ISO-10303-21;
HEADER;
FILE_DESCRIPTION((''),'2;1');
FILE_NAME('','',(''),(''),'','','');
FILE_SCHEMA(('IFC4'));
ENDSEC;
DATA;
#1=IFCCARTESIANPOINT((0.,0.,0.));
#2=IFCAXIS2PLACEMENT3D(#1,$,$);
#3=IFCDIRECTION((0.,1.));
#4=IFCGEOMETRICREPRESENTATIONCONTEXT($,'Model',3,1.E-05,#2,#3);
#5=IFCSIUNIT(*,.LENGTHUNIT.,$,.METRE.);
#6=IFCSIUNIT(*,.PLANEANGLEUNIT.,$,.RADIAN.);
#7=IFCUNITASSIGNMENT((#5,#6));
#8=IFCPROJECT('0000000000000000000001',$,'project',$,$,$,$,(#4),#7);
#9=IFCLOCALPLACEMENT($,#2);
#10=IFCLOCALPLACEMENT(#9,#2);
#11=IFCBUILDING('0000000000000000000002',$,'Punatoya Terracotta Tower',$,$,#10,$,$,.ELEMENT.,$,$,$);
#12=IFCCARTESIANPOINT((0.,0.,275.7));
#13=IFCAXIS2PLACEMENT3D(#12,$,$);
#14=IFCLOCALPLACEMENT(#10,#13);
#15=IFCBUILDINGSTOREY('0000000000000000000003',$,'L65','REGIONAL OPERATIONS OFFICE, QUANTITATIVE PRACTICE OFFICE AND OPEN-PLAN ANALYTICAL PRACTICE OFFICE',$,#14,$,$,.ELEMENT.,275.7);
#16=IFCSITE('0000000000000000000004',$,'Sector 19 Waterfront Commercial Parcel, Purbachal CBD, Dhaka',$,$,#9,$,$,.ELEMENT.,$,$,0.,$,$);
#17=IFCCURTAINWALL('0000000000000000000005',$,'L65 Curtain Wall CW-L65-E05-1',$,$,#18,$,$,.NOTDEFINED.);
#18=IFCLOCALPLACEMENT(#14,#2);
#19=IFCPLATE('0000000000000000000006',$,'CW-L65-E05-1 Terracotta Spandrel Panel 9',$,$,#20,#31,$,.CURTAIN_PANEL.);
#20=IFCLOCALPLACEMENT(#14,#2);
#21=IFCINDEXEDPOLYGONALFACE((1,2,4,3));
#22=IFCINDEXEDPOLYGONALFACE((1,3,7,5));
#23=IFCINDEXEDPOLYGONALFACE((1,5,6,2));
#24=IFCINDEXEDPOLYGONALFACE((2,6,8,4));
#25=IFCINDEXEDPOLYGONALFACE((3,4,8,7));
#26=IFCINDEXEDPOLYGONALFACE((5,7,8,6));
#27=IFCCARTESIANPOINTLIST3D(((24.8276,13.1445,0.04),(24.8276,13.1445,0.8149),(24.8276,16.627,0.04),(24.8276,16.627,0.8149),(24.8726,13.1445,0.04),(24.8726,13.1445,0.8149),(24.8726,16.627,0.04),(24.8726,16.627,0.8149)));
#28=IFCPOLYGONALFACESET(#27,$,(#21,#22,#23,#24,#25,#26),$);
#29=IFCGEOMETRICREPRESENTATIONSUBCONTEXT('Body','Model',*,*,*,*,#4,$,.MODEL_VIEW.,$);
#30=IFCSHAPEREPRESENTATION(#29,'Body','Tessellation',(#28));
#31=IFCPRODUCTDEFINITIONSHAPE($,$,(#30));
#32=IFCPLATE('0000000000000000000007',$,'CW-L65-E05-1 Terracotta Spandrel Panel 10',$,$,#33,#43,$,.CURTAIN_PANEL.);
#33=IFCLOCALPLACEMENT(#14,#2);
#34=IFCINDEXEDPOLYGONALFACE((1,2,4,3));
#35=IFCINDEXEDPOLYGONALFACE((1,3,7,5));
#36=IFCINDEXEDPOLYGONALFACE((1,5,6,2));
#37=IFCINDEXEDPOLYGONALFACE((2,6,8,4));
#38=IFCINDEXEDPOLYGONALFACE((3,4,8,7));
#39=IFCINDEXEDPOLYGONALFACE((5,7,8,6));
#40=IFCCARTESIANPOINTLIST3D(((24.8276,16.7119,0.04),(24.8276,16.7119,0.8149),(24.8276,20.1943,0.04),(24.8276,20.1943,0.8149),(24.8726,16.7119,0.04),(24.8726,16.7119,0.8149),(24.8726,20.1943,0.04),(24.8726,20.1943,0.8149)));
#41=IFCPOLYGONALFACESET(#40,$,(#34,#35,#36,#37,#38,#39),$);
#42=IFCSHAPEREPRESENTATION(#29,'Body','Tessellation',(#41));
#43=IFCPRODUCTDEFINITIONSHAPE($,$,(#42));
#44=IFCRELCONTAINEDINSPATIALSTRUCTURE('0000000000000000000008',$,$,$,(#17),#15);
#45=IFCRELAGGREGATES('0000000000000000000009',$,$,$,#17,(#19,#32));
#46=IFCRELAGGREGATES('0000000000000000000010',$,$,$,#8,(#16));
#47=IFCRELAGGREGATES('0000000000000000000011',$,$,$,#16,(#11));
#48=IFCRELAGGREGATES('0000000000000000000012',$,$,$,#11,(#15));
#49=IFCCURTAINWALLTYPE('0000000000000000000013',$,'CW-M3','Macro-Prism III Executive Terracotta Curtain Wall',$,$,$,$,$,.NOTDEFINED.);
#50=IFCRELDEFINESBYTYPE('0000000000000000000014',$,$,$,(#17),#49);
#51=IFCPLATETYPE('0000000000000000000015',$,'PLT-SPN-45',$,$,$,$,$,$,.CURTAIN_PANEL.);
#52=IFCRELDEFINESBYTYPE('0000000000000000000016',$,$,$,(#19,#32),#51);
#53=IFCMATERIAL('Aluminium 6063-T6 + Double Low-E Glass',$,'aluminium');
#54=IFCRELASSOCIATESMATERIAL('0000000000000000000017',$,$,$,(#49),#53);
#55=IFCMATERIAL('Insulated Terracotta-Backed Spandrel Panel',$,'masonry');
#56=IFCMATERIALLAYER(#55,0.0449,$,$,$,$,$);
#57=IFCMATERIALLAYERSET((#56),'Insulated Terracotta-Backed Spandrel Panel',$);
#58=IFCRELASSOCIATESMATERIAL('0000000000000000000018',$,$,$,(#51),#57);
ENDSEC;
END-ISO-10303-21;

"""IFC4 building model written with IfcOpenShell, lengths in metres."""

from ifc_helpers import new_model, si_unit, direction, frame, origin, origin_2d, place, context, subcontext, project, spatial, rectangle, extrude, material, layer, layer_set, type_object, element, aggregate, save


model = new_model("IFC4")

# Units and contexts
model_context = context("Model", 3, precision=1e-05, world=origin(), true_north=direction((0.0, 1.0)))
body_context = subcontext(model_context, "Body", "Model", "MODEL_VIEW")
ifc_project = project(units=[si_unit("LENGTHUNIT", "METRE"), si_unit("PLANEANGLEUNIT", "RADIAN")], contexts=[model_context])

# Site, building, storey
site_placement = place(None, origin())
site = spatial("IfcSite", under=ifc_project, at=site_placement, Name="Sector 19 Waterfront Commercial Parcel, Purbachal CBD, Dhaka", CompositionType="ELEMENT", RefElevation=0.0)
building_placement = place(site_placement, origin())
building = spatial("IfcBuilding", under=site, at=building_placement, Name="Punatoya Terracotta Tower", CompositionType="ELEMENT")
storey_placement = place(building_placement, frame((0.0, 0.0, 275.7)))
storey = spatial("IfcBuildingStorey", under=building, at=storey_placement, Name="L65", Description="REGIONAL OPERATIONS OFFICE, QUANTITATIVE PRACTICE OFFICE AND OPEN-PLAN ANALYTICAL PRACTICE OFFICE", CompositionType="ELEMENT", Elevation=275.7)

# Curtain wall
ifc_material_1 = material(Name="Aluminium 6063-T6 + Double Low-E Glass", Category="aluminium")
curtain_wall_type = type_object("IfcCurtainWallType", Name="CW-M3", Description="Macro-Prism III Executive Terracotta Curtain Wall", PredefinedType="NOTDEFINED", material=ifc_material_1)
curtain_wall_1_placement = place(storey_placement, origin())
curtain_wall_1 = element("IfcCurtainWall", 1, at=curtain_wall_1_placement, inside=storey, type_object=curtain_wall_type, Name="L65 Curtain Wall CW-L65-E05-1", PredefinedType="NOTDEFINED")

# Plates
ifc_material_2 = material(Name="Insulated Terracotta-Backed Spandrel Panel", Category="masonry")
ifc_layer_1 = layer(ifc_material_2, 0.0449)
ifc_layer_set_1 = layer_set([ifc_layer_1], Name="Insulated Terracotta-Backed Spandrel Panel")
plate_type_1 = type_object("IfcPlateType", Name="PLT-SPN-45", PredefinedType="CURTAIN_PANEL", material=ifc_layer_set_1)
plate_1_placement = place(storey_placement, frame((24.8501, 14.8857, 0.04), z_axis=(0.0, 0.0, 1.0), x_axis=(0.0, 1.0, 0.0)))
plate_1 = element("IfcPlate", 2, at=plate_1_placement, type_object=plate_type_1, Name="CW-L65-E05-1 Terracotta Spandrel Panel 9", PredefinedType="CURTAIN_PANEL", context=body_context, shape_type="SweptSolid", body=[
    extrude(rectangle(XDim=3.4824, YDim=0.0449, at=origin_2d()), origin(), (0.0, 0.0, 1.0), 0.7749),
])
plate_2_placement = place(storey_placement, frame((24.8501, 18.4531, 0.04), z_axis=(0.0, 0.0, 1.0), x_axis=(0.0, 1.0, 0.0)))
plate_2 = element("IfcPlate", 3, at=plate_2_placement, type_object=plate_type_1, Name="CW-L65-E05-1 Terracotta Spandrel Panel 10", PredefinedType="CURTAIN_PANEL", context=body_context, shape_type="SweptSolid", body=[
    extrude(rectangle(XDim=3.4824, YDim=0.0449, at=origin_2d()), origin(), (0.0, 0.0, 1.0), 0.7749),
])
aggregate(curtain_wall_1, [plate_1, plate_2])

save(model, "model.ifc")
